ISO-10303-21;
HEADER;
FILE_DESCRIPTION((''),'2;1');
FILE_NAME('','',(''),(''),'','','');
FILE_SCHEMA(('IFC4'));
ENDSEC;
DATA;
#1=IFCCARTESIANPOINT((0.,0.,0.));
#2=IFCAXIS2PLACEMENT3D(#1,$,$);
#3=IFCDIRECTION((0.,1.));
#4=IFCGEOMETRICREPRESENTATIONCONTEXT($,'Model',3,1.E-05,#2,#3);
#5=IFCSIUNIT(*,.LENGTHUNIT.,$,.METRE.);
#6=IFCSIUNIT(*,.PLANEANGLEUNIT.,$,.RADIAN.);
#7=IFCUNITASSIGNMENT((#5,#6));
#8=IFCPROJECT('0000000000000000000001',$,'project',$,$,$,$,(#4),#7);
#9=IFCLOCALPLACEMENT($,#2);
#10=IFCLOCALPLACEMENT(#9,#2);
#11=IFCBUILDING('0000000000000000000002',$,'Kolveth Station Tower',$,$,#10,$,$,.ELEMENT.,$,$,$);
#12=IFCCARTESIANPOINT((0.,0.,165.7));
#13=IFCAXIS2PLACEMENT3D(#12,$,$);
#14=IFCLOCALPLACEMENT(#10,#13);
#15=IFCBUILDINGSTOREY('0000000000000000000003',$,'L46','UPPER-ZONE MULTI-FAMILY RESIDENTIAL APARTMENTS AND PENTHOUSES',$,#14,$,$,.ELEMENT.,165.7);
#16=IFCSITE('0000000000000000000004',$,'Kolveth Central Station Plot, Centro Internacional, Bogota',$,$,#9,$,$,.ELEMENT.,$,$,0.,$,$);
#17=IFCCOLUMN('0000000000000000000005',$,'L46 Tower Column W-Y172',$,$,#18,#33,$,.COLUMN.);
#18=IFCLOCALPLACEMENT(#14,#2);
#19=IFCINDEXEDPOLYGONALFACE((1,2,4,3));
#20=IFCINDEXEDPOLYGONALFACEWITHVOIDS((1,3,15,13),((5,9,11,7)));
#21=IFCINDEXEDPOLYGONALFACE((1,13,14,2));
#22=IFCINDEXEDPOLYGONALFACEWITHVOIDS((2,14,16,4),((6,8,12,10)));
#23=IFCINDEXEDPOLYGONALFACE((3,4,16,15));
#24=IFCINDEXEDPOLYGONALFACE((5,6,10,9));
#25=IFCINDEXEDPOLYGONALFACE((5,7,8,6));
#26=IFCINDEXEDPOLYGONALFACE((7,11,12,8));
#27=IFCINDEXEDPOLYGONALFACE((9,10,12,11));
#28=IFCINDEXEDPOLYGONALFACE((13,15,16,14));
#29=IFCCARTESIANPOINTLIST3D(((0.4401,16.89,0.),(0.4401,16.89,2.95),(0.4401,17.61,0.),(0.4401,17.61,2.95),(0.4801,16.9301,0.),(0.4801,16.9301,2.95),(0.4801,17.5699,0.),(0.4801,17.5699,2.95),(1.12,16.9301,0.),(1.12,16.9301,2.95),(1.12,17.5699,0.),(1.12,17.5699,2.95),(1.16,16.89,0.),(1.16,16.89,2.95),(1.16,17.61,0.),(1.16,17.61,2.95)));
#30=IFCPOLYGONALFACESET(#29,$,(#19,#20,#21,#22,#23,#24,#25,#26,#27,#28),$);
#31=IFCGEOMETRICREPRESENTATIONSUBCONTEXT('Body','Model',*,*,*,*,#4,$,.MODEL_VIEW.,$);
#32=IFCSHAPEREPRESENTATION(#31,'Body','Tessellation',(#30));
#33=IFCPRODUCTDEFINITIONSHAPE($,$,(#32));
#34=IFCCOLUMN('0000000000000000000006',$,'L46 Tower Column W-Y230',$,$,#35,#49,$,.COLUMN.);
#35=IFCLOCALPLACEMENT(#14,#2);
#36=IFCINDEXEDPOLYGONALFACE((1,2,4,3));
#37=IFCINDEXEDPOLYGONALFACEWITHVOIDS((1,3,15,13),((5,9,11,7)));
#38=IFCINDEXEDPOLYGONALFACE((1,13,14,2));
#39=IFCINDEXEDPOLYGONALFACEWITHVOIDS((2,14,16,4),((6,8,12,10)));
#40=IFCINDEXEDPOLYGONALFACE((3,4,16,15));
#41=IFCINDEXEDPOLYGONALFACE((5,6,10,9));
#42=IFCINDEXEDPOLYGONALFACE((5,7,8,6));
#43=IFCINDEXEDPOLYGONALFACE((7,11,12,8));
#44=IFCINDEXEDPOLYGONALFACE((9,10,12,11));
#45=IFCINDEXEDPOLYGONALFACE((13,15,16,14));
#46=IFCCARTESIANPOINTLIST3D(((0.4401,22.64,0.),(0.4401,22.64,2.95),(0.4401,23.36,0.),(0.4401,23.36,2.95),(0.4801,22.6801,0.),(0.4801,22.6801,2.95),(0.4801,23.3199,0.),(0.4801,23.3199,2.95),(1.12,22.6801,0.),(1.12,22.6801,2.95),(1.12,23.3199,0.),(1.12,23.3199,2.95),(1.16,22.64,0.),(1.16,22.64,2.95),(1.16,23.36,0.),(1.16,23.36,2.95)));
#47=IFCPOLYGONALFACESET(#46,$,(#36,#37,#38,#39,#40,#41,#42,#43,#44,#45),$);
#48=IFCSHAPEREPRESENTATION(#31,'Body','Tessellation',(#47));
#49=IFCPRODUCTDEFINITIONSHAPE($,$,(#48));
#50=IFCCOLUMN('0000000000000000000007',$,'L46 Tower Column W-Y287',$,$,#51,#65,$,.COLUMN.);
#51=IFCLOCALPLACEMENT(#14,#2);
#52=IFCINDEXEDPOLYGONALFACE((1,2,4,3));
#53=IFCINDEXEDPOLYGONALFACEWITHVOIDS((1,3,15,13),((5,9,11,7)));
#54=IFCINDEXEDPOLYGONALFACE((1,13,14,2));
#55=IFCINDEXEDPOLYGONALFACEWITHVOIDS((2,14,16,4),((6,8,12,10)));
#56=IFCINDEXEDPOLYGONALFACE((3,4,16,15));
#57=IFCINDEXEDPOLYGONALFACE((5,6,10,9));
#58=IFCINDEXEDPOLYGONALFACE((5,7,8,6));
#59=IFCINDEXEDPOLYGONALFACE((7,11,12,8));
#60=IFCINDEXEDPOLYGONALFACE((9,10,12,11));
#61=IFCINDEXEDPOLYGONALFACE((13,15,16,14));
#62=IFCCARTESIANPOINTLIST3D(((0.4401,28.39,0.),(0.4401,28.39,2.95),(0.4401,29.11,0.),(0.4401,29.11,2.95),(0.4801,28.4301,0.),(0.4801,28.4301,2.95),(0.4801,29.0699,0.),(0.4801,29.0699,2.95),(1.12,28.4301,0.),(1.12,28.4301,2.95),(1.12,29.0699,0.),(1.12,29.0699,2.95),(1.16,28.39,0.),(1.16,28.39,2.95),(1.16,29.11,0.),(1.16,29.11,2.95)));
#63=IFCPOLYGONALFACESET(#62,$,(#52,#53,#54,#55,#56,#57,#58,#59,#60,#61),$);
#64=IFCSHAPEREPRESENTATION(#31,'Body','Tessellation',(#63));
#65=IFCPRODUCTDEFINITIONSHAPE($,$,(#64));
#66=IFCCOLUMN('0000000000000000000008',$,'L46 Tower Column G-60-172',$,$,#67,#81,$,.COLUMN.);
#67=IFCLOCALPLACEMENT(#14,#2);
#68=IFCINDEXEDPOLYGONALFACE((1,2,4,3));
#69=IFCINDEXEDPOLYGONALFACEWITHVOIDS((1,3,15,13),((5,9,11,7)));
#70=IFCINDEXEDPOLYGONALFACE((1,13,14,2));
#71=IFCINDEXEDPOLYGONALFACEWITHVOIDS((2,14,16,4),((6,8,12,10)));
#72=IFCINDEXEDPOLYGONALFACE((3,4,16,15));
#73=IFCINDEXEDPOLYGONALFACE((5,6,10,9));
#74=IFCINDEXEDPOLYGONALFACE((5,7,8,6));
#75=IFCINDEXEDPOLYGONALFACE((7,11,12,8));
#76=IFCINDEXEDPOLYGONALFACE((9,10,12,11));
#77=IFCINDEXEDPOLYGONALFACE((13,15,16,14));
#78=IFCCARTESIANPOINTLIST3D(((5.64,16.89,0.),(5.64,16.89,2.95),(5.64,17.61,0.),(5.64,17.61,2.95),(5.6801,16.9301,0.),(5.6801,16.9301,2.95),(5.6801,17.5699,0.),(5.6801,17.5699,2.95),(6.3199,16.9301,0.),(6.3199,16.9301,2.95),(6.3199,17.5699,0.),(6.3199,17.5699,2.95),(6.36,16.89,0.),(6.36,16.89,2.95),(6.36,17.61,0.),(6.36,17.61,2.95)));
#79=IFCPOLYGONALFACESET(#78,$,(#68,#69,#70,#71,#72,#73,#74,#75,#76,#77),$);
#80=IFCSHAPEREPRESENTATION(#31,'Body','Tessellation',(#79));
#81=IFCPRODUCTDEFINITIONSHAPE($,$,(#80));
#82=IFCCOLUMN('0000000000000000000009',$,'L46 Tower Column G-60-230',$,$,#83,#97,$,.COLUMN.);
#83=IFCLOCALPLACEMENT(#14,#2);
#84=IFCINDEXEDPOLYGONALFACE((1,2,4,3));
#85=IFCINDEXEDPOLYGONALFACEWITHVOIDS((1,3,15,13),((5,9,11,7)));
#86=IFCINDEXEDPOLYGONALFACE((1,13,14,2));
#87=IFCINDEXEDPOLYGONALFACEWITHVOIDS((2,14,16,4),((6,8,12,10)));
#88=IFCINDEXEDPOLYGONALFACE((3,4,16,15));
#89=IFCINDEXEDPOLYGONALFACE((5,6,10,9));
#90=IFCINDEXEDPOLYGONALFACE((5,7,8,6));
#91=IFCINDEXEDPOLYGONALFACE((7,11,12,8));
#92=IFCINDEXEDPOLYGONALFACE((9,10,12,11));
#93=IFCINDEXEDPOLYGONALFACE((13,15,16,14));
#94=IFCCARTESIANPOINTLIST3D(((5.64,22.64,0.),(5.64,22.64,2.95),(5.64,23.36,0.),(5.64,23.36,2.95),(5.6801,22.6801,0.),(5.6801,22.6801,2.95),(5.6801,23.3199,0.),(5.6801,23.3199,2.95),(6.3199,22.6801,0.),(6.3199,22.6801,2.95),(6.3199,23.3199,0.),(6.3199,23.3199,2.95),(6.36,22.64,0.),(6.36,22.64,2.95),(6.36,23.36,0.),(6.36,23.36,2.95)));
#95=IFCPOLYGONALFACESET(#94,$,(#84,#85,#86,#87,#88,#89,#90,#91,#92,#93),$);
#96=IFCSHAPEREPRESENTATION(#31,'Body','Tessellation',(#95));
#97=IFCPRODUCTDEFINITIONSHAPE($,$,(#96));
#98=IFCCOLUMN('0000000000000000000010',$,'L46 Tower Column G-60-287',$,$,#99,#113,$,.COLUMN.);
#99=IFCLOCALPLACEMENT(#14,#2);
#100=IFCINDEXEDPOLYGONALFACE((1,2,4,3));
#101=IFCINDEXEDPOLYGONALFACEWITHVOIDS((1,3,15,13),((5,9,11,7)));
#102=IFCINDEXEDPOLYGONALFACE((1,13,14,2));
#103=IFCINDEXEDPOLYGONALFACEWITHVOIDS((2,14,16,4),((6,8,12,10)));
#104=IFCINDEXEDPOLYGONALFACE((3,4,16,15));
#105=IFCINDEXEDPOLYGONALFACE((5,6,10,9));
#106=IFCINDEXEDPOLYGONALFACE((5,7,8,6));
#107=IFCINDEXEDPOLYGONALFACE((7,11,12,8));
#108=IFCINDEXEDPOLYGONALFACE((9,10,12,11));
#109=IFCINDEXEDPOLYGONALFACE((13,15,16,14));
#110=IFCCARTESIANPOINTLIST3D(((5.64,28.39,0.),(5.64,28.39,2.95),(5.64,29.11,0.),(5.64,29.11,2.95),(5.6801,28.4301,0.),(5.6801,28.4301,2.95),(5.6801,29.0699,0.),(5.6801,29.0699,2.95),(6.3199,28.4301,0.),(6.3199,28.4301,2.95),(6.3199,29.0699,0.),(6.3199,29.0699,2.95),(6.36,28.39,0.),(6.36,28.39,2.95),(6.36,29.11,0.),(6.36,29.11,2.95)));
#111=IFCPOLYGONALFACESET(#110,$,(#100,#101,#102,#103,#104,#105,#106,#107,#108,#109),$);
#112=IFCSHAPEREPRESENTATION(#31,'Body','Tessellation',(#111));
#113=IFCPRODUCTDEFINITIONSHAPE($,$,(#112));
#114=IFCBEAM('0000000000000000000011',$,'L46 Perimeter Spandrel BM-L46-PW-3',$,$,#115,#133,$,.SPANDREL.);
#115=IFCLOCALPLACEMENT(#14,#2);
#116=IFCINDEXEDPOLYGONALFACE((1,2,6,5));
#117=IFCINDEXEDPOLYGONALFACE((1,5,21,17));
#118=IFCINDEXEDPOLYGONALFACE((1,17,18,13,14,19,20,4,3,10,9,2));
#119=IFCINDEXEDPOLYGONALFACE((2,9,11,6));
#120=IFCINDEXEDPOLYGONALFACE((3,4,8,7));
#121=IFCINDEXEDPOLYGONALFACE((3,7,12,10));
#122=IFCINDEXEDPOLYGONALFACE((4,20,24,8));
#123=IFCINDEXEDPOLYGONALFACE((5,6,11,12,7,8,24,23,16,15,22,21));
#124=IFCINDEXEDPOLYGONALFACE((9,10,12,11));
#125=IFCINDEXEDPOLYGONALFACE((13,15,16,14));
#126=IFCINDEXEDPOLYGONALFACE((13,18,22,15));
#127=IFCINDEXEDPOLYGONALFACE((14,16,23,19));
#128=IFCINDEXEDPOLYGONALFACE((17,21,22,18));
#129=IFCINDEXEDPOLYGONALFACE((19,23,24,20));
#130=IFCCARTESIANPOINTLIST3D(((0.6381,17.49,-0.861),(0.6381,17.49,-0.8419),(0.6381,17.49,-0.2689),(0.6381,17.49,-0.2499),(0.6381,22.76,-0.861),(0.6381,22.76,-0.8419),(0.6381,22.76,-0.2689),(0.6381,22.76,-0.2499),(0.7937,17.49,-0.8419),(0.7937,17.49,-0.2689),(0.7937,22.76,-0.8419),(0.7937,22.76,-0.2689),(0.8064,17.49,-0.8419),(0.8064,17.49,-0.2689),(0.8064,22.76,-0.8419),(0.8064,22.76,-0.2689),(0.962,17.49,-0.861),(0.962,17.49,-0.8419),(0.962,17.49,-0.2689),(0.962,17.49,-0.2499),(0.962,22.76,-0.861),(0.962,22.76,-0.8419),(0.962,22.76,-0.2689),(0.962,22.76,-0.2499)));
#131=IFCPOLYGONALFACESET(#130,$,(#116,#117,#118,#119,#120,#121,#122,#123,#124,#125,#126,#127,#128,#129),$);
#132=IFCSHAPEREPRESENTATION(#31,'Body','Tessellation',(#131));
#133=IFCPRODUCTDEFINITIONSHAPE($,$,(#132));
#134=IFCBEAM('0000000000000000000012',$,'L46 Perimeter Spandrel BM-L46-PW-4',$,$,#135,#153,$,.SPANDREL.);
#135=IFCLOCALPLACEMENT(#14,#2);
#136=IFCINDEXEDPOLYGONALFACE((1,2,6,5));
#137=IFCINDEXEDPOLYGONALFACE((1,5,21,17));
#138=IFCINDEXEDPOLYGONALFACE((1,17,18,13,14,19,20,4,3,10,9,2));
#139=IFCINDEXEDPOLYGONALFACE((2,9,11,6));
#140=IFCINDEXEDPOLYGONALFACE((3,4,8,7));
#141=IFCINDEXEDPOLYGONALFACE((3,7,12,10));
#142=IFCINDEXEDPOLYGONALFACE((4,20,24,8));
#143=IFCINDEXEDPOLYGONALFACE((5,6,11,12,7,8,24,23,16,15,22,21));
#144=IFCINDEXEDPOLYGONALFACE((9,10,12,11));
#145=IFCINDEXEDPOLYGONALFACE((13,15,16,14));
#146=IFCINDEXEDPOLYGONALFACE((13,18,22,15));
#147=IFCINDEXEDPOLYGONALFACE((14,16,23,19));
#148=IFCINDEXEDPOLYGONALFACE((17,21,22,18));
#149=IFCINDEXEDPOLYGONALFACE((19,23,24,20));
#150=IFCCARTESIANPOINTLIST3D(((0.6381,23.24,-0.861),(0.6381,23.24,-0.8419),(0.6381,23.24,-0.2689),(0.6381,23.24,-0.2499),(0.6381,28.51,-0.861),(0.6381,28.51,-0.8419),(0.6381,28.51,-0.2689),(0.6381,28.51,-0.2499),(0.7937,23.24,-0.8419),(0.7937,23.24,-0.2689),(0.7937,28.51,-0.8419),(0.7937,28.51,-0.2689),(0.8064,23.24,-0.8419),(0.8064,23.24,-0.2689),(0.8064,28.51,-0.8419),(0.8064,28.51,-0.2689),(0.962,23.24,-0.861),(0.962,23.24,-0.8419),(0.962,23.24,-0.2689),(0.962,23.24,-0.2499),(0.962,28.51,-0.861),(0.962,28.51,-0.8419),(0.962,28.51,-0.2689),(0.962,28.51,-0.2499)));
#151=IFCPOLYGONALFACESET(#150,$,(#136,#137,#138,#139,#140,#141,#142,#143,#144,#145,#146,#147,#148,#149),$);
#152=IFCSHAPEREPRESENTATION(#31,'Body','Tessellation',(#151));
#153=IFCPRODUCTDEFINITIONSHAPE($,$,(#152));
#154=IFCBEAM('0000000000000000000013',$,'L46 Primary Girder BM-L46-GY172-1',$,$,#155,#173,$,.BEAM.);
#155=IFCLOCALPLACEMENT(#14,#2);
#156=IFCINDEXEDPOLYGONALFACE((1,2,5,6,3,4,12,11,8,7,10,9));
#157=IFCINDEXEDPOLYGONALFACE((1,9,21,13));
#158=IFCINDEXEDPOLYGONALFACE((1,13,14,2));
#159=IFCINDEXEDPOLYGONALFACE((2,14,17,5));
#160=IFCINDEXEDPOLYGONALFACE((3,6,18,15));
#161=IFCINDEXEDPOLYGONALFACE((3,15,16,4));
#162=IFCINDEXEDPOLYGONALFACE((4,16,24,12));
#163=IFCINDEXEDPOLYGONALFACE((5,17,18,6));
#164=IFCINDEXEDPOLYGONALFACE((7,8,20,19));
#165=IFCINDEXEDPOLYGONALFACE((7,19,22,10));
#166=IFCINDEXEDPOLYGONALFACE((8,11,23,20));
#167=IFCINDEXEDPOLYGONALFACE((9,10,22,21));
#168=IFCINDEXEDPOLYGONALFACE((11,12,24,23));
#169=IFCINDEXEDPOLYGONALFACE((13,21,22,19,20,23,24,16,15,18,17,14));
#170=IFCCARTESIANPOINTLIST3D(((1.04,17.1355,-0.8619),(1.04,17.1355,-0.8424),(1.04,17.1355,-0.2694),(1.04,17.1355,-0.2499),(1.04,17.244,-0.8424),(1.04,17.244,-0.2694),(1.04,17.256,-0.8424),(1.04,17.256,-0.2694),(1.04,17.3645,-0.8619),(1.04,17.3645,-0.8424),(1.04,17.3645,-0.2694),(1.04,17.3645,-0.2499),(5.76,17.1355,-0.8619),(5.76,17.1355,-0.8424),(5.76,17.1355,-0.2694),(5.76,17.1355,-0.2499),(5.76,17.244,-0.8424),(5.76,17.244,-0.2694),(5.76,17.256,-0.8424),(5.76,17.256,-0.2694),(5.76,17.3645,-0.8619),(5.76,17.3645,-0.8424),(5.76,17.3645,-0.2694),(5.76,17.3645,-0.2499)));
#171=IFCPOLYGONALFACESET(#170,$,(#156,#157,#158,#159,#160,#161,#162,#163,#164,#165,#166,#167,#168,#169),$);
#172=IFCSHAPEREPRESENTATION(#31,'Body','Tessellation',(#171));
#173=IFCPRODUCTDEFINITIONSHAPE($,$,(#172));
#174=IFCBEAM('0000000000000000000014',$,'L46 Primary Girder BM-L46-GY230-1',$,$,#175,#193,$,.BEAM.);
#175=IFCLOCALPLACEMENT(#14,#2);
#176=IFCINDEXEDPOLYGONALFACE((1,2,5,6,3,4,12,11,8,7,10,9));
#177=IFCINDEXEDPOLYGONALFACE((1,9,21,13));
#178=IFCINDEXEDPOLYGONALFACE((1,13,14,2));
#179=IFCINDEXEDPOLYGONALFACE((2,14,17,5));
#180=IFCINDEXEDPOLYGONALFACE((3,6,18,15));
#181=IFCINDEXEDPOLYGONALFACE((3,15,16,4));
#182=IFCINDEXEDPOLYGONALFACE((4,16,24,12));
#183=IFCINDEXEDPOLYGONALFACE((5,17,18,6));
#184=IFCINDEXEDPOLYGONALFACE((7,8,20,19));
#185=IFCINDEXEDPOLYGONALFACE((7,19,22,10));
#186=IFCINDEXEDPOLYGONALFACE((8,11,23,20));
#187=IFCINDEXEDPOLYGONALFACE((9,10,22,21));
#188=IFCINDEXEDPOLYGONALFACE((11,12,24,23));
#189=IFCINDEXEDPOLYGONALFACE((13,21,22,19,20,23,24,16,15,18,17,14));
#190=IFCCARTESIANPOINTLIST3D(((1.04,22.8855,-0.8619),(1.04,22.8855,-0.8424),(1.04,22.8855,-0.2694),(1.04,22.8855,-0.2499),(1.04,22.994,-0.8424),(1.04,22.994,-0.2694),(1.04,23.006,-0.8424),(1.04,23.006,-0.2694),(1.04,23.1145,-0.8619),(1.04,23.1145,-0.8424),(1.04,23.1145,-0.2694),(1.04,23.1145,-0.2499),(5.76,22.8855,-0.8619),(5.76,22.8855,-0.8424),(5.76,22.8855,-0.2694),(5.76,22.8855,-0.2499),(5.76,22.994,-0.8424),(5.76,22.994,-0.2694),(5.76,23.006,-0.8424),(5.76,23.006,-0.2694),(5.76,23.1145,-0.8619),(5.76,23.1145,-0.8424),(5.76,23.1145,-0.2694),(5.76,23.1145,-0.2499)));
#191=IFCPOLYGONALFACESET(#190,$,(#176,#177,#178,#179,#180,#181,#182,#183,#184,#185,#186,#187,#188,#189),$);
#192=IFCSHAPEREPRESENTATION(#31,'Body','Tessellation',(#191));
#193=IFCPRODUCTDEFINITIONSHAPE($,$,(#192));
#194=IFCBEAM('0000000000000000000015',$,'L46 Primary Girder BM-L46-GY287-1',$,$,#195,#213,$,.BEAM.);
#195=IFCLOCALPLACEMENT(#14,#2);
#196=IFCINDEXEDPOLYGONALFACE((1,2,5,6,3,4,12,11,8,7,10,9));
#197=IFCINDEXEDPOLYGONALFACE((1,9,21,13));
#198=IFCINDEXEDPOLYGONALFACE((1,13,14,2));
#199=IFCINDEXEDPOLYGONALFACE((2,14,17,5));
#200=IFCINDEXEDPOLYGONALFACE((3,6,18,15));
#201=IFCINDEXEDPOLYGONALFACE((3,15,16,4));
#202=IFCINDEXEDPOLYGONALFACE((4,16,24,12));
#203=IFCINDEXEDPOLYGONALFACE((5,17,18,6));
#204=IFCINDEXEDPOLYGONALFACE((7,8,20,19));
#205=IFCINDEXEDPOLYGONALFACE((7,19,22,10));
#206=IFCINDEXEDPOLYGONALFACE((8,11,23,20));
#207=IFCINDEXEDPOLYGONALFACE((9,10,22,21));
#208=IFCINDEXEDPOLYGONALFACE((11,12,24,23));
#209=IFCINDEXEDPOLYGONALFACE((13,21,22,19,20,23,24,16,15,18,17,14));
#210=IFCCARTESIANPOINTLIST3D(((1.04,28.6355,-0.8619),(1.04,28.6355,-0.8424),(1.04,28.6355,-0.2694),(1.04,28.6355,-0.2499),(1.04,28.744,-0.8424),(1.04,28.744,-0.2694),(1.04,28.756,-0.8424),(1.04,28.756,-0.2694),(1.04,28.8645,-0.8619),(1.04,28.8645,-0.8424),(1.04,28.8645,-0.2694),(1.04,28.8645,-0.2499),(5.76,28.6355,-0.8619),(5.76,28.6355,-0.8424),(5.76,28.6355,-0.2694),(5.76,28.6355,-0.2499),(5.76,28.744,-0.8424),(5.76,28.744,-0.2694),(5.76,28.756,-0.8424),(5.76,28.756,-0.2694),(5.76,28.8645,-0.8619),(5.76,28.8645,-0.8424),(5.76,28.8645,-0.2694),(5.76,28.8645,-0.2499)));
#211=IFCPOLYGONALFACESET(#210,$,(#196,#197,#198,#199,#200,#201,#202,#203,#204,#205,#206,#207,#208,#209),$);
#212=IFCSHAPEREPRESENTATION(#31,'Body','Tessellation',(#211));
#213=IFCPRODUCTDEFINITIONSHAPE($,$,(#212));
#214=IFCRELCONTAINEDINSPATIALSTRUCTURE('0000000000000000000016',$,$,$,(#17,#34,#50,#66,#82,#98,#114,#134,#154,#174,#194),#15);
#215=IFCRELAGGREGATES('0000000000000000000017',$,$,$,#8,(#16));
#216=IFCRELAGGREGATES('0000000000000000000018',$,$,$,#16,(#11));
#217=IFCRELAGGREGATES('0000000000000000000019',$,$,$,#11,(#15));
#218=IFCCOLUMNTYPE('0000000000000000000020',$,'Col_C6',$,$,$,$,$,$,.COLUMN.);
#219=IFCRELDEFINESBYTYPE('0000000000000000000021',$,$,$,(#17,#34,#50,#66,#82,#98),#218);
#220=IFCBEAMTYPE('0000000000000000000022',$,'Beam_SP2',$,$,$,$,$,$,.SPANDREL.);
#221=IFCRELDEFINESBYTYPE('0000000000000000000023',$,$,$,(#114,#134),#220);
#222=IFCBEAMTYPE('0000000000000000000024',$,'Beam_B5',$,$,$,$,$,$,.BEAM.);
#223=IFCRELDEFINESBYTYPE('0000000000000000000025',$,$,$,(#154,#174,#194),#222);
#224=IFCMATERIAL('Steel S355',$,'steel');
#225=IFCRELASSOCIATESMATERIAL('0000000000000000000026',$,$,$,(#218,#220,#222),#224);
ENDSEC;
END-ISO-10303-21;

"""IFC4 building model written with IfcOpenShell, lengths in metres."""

from ifc_helpers import new_model, si_unit, direction, frame, origin, origin_2d, place, context, subcontext, project, spatial, hollow_rectangle, i_section, extrude, source, transform, mapped, material, material_profile, profile_set, type_object, element, save


model = new_model("IFC4")

# Units and contexts
model_context = context("Model", 3, precision=1e-05, world=origin(), true_north=direction((0.0, 1.0)))
body_context = subcontext(model_context, "Body", "Model", "MODEL_VIEW")
ifc_project = project(units=[si_unit("LENGTHUNIT", "METRE"), si_unit("PLANEANGLEUNIT", "RADIAN")], contexts=[model_context])

# Site, building, storey
site_placement = place(None, origin())
site = spatial("IfcSite", under=ifc_project, at=site_placement, Name="Kolveth Central Station Plot, Centro Internacional, Bogota", CompositionType="ELEMENT", RefElevation=0.0)
building_placement = place(site_placement, origin())
building = spatial("IfcBuilding", under=site, at=building_placement, Name="Kolveth Station Tower", CompositionType="ELEMENT")
storey_placement = place(building_placement, frame((0.0, 0.0, 165.7)))
storey = spatial("IfcBuildingStorey", under=building, at=storey_placement, Name="L46", Description="UPPER-ZONE MULTI-FAMILY RESIDENTIAL APARTMENTS AND PENTHOUSES", CompositionType="ELEMENT", Elevation=165.7)

# Columns
ifc_material_1 = material(Name="Steel S355", Category="steel")
ifc_material_profile_1 = material_profile(ifc_material_1, hollow_rectangle(XDim=0.72, YDim=0.72, WallThickness=0.04, at=origin_2d()), Name="BOX720x720x40")
ifc_profile_set_1 = profile_set([ifc_material_profile_1], Name="Steel S355")
column_type = type_object("IfcColumnType", Name="Col_C6", PredefinedType="COLUMN", material=ifc_profile_set_1)
shared_shape_1 = source(origin(), body_context, "Body", "SweptSolid", [
    extrude(hollow_rectangle(XDim=0.72, YDim=0.72, WallThickness=0.04, at=origin_2d()), origin(), (0.0, 0.0, 1.0), 2.95),
])
for number, where, z_axis, x_axis, name in (
    (1, (0.8, 17.25, 0.0), (0.0, 0.0, 1.0), (1.0, 0.0, 0.0), "L46 Tower Column W-Y172"),
    (2, (0.8, 23.0, 0.0), (0.0, 0.0, 1.0), (1.0, 0.0, 0.0), "L46 Tower Column W-Y230"),
    (3, (0.8, 28.75, 0.0), (0.0, 0.0, 1.0), (1.0, 0.0, 0.0), "L46 Tower Column W-Y287"),
    (4, (6.0, 17.25, 0.0), (0.0, 0.0, 1.0), (1.0, 0.0, 0.0), "L46 Tower Column G-60-172"),
    (5, (6.0, 23.0, 0.0), (0.0, 0.0, 1.0), (1.0, 0.0, 0.0), "L46 Tower Column G-60-230"),
    (6, (6.0, 28.75, 0.0), (0.0, 0.0, 1.0), (1.0, 0.0, 0.0), "L46 Tower Column G-60-287"),
):
    element("IfcColumn", number, at=place(storey_placement, frame(where, z_axis=z_axis, x_axis=x_axis)), inside=storey, type_object=column_type, Name=name, PredefinedType="COLUMN", context=body_context, shape_type="MappedRepresentation", body=[
        mapped(shared_shape_1, transform((0.0, 0.0, 0.0), x_axis=(1.0, 0.0, 0.0), y_axis=(0.0, 1.0, 0.0), z_axis=(0.0, 0.0, 1.0), scale=1.0)),
    ])

# Beams
ifc_material_profile_2 = material_profile(ifc_material_1, i_section(OverallWidth=0.324, OverallDepth=0.6111, WebThickness=0.0127, FlangeThickness=0.019, at=origin_2d()), Name="W610x155")
ifc_profile_set_2 = profile_set([ifc_material_profile_2], Name="Steel S355")
beam_type_1 = type_object("IfcBeamType", Name="Beam_SP2", PredefinedType="SPANDREL", material=ifc_profile_set_2)
shared_shape_2 = source(origin(), body_context, "Body", "SweptSolid", [
    extrude(i_section(OverallWidth=0.324, OverallDepth=0.6111, WebThickness=0.0127, FlangeThickness=0.019, at=origin_2d()), origin(), (0.0, 0.0, 1.0), 5.27),
])
for number, where, z_axis, x_axis, name in (
    (7, (0.8, 17.49, -0.5554), (0.0, 1.0, 0.0), (-1.0, 0.0, 0.0), "L46 Perimeter Spandrel BM-L46-PW-3"),
    (8, (0.8, 23.24, -0.5554), (0.0, 1.0, 0.0), (-1.0, 0.0, 0.0), "L46 Perimeter Spandrel BM-L46-PW-4"),
):
    element("IfcBeam", number, at=place(storey_placement, frame(where, z_axis=z_axis, x_axis=x_axis)), inside=storey, type_object=beam_type_1, Name=name, PredefinedType="SPANDREL", context=body_context, shape_type="MappedRepresentation", body=[
        mapped(shared_shape_2, transform((0.0, 0.0, 0.0), x_axis=(1.0, 0.0, 0.0), y_axis=(0.0, 1.0, 0.0), z_axis=(0.0, 0.0, 1.0), scale=1.0)),
    ])
ifc_material_profile_3 = material_profile(ifc_material_1, i_section(OverallWidth=0.229, OverallDepth=0.6121, WebThickness=0.012, FlangeThickness=0.0195, at=origin_2d()), Name="W610x125")
ifc_profile_set_3 = profile_set([ifc_material_profile_3], Name="Steel S355")
beam_type_2 = type_object("IfcBeamType", Name="Beam_B5", PredefinedType="BEAM", material=ifc_profile_set_3)
shared_shape_3 = source(origin(), body_context, "Body", "SweptSolid", [
    extrude(i_section(OverallWidth=0.229, OverallDepth=0.6121, WebThickness=0.012, FlangeThickness=0.0195, at=origin_2d()), origin(), (0.0, 0.0, 1.0), 4.72),
])
for number, where, z_axis, x_axis, name in (
    (9, (1.04, 17.25, -0.5559), (1.0, 0.0, 0.0), (0.0, 1.0, 0.0), "L46 Primary Girder BM-L46-GY172-1"),
    (10, (1.04, 23.0, -0.5559), (1.0, 0.0, 0.0), (0.0, 1.0, 0.0), "L46 Primary Girder BM-L46-GY230-1"),
    (11, (1.04, 28.75, -0.5559), (1.0, 0.0, 0.0), (0.0, 1.0, 0.0), "L46 Primary Girder BM-L46-GY287-1"),
):
    element("IfcBeam", number, at=place(storey_placement, frame(where, z_axis=z_axis, x_axis=x_axis)), inside=storey, type_object=beam_type_2, Name=name, PredefinedType="BEAM", context=body_context, shape_type="MappedRepresentation", body=[
        mapped(shared_shape_3, transform((0.0, 0.0, 0.0), x_axis=(1.0, 0.0, 0.0), y_axis=(0.0, 1.0, 0.0), z_axis=(0.0, 0.0, 1.0), scale=1.0)),
    ])

save(model, "model.ifc")
